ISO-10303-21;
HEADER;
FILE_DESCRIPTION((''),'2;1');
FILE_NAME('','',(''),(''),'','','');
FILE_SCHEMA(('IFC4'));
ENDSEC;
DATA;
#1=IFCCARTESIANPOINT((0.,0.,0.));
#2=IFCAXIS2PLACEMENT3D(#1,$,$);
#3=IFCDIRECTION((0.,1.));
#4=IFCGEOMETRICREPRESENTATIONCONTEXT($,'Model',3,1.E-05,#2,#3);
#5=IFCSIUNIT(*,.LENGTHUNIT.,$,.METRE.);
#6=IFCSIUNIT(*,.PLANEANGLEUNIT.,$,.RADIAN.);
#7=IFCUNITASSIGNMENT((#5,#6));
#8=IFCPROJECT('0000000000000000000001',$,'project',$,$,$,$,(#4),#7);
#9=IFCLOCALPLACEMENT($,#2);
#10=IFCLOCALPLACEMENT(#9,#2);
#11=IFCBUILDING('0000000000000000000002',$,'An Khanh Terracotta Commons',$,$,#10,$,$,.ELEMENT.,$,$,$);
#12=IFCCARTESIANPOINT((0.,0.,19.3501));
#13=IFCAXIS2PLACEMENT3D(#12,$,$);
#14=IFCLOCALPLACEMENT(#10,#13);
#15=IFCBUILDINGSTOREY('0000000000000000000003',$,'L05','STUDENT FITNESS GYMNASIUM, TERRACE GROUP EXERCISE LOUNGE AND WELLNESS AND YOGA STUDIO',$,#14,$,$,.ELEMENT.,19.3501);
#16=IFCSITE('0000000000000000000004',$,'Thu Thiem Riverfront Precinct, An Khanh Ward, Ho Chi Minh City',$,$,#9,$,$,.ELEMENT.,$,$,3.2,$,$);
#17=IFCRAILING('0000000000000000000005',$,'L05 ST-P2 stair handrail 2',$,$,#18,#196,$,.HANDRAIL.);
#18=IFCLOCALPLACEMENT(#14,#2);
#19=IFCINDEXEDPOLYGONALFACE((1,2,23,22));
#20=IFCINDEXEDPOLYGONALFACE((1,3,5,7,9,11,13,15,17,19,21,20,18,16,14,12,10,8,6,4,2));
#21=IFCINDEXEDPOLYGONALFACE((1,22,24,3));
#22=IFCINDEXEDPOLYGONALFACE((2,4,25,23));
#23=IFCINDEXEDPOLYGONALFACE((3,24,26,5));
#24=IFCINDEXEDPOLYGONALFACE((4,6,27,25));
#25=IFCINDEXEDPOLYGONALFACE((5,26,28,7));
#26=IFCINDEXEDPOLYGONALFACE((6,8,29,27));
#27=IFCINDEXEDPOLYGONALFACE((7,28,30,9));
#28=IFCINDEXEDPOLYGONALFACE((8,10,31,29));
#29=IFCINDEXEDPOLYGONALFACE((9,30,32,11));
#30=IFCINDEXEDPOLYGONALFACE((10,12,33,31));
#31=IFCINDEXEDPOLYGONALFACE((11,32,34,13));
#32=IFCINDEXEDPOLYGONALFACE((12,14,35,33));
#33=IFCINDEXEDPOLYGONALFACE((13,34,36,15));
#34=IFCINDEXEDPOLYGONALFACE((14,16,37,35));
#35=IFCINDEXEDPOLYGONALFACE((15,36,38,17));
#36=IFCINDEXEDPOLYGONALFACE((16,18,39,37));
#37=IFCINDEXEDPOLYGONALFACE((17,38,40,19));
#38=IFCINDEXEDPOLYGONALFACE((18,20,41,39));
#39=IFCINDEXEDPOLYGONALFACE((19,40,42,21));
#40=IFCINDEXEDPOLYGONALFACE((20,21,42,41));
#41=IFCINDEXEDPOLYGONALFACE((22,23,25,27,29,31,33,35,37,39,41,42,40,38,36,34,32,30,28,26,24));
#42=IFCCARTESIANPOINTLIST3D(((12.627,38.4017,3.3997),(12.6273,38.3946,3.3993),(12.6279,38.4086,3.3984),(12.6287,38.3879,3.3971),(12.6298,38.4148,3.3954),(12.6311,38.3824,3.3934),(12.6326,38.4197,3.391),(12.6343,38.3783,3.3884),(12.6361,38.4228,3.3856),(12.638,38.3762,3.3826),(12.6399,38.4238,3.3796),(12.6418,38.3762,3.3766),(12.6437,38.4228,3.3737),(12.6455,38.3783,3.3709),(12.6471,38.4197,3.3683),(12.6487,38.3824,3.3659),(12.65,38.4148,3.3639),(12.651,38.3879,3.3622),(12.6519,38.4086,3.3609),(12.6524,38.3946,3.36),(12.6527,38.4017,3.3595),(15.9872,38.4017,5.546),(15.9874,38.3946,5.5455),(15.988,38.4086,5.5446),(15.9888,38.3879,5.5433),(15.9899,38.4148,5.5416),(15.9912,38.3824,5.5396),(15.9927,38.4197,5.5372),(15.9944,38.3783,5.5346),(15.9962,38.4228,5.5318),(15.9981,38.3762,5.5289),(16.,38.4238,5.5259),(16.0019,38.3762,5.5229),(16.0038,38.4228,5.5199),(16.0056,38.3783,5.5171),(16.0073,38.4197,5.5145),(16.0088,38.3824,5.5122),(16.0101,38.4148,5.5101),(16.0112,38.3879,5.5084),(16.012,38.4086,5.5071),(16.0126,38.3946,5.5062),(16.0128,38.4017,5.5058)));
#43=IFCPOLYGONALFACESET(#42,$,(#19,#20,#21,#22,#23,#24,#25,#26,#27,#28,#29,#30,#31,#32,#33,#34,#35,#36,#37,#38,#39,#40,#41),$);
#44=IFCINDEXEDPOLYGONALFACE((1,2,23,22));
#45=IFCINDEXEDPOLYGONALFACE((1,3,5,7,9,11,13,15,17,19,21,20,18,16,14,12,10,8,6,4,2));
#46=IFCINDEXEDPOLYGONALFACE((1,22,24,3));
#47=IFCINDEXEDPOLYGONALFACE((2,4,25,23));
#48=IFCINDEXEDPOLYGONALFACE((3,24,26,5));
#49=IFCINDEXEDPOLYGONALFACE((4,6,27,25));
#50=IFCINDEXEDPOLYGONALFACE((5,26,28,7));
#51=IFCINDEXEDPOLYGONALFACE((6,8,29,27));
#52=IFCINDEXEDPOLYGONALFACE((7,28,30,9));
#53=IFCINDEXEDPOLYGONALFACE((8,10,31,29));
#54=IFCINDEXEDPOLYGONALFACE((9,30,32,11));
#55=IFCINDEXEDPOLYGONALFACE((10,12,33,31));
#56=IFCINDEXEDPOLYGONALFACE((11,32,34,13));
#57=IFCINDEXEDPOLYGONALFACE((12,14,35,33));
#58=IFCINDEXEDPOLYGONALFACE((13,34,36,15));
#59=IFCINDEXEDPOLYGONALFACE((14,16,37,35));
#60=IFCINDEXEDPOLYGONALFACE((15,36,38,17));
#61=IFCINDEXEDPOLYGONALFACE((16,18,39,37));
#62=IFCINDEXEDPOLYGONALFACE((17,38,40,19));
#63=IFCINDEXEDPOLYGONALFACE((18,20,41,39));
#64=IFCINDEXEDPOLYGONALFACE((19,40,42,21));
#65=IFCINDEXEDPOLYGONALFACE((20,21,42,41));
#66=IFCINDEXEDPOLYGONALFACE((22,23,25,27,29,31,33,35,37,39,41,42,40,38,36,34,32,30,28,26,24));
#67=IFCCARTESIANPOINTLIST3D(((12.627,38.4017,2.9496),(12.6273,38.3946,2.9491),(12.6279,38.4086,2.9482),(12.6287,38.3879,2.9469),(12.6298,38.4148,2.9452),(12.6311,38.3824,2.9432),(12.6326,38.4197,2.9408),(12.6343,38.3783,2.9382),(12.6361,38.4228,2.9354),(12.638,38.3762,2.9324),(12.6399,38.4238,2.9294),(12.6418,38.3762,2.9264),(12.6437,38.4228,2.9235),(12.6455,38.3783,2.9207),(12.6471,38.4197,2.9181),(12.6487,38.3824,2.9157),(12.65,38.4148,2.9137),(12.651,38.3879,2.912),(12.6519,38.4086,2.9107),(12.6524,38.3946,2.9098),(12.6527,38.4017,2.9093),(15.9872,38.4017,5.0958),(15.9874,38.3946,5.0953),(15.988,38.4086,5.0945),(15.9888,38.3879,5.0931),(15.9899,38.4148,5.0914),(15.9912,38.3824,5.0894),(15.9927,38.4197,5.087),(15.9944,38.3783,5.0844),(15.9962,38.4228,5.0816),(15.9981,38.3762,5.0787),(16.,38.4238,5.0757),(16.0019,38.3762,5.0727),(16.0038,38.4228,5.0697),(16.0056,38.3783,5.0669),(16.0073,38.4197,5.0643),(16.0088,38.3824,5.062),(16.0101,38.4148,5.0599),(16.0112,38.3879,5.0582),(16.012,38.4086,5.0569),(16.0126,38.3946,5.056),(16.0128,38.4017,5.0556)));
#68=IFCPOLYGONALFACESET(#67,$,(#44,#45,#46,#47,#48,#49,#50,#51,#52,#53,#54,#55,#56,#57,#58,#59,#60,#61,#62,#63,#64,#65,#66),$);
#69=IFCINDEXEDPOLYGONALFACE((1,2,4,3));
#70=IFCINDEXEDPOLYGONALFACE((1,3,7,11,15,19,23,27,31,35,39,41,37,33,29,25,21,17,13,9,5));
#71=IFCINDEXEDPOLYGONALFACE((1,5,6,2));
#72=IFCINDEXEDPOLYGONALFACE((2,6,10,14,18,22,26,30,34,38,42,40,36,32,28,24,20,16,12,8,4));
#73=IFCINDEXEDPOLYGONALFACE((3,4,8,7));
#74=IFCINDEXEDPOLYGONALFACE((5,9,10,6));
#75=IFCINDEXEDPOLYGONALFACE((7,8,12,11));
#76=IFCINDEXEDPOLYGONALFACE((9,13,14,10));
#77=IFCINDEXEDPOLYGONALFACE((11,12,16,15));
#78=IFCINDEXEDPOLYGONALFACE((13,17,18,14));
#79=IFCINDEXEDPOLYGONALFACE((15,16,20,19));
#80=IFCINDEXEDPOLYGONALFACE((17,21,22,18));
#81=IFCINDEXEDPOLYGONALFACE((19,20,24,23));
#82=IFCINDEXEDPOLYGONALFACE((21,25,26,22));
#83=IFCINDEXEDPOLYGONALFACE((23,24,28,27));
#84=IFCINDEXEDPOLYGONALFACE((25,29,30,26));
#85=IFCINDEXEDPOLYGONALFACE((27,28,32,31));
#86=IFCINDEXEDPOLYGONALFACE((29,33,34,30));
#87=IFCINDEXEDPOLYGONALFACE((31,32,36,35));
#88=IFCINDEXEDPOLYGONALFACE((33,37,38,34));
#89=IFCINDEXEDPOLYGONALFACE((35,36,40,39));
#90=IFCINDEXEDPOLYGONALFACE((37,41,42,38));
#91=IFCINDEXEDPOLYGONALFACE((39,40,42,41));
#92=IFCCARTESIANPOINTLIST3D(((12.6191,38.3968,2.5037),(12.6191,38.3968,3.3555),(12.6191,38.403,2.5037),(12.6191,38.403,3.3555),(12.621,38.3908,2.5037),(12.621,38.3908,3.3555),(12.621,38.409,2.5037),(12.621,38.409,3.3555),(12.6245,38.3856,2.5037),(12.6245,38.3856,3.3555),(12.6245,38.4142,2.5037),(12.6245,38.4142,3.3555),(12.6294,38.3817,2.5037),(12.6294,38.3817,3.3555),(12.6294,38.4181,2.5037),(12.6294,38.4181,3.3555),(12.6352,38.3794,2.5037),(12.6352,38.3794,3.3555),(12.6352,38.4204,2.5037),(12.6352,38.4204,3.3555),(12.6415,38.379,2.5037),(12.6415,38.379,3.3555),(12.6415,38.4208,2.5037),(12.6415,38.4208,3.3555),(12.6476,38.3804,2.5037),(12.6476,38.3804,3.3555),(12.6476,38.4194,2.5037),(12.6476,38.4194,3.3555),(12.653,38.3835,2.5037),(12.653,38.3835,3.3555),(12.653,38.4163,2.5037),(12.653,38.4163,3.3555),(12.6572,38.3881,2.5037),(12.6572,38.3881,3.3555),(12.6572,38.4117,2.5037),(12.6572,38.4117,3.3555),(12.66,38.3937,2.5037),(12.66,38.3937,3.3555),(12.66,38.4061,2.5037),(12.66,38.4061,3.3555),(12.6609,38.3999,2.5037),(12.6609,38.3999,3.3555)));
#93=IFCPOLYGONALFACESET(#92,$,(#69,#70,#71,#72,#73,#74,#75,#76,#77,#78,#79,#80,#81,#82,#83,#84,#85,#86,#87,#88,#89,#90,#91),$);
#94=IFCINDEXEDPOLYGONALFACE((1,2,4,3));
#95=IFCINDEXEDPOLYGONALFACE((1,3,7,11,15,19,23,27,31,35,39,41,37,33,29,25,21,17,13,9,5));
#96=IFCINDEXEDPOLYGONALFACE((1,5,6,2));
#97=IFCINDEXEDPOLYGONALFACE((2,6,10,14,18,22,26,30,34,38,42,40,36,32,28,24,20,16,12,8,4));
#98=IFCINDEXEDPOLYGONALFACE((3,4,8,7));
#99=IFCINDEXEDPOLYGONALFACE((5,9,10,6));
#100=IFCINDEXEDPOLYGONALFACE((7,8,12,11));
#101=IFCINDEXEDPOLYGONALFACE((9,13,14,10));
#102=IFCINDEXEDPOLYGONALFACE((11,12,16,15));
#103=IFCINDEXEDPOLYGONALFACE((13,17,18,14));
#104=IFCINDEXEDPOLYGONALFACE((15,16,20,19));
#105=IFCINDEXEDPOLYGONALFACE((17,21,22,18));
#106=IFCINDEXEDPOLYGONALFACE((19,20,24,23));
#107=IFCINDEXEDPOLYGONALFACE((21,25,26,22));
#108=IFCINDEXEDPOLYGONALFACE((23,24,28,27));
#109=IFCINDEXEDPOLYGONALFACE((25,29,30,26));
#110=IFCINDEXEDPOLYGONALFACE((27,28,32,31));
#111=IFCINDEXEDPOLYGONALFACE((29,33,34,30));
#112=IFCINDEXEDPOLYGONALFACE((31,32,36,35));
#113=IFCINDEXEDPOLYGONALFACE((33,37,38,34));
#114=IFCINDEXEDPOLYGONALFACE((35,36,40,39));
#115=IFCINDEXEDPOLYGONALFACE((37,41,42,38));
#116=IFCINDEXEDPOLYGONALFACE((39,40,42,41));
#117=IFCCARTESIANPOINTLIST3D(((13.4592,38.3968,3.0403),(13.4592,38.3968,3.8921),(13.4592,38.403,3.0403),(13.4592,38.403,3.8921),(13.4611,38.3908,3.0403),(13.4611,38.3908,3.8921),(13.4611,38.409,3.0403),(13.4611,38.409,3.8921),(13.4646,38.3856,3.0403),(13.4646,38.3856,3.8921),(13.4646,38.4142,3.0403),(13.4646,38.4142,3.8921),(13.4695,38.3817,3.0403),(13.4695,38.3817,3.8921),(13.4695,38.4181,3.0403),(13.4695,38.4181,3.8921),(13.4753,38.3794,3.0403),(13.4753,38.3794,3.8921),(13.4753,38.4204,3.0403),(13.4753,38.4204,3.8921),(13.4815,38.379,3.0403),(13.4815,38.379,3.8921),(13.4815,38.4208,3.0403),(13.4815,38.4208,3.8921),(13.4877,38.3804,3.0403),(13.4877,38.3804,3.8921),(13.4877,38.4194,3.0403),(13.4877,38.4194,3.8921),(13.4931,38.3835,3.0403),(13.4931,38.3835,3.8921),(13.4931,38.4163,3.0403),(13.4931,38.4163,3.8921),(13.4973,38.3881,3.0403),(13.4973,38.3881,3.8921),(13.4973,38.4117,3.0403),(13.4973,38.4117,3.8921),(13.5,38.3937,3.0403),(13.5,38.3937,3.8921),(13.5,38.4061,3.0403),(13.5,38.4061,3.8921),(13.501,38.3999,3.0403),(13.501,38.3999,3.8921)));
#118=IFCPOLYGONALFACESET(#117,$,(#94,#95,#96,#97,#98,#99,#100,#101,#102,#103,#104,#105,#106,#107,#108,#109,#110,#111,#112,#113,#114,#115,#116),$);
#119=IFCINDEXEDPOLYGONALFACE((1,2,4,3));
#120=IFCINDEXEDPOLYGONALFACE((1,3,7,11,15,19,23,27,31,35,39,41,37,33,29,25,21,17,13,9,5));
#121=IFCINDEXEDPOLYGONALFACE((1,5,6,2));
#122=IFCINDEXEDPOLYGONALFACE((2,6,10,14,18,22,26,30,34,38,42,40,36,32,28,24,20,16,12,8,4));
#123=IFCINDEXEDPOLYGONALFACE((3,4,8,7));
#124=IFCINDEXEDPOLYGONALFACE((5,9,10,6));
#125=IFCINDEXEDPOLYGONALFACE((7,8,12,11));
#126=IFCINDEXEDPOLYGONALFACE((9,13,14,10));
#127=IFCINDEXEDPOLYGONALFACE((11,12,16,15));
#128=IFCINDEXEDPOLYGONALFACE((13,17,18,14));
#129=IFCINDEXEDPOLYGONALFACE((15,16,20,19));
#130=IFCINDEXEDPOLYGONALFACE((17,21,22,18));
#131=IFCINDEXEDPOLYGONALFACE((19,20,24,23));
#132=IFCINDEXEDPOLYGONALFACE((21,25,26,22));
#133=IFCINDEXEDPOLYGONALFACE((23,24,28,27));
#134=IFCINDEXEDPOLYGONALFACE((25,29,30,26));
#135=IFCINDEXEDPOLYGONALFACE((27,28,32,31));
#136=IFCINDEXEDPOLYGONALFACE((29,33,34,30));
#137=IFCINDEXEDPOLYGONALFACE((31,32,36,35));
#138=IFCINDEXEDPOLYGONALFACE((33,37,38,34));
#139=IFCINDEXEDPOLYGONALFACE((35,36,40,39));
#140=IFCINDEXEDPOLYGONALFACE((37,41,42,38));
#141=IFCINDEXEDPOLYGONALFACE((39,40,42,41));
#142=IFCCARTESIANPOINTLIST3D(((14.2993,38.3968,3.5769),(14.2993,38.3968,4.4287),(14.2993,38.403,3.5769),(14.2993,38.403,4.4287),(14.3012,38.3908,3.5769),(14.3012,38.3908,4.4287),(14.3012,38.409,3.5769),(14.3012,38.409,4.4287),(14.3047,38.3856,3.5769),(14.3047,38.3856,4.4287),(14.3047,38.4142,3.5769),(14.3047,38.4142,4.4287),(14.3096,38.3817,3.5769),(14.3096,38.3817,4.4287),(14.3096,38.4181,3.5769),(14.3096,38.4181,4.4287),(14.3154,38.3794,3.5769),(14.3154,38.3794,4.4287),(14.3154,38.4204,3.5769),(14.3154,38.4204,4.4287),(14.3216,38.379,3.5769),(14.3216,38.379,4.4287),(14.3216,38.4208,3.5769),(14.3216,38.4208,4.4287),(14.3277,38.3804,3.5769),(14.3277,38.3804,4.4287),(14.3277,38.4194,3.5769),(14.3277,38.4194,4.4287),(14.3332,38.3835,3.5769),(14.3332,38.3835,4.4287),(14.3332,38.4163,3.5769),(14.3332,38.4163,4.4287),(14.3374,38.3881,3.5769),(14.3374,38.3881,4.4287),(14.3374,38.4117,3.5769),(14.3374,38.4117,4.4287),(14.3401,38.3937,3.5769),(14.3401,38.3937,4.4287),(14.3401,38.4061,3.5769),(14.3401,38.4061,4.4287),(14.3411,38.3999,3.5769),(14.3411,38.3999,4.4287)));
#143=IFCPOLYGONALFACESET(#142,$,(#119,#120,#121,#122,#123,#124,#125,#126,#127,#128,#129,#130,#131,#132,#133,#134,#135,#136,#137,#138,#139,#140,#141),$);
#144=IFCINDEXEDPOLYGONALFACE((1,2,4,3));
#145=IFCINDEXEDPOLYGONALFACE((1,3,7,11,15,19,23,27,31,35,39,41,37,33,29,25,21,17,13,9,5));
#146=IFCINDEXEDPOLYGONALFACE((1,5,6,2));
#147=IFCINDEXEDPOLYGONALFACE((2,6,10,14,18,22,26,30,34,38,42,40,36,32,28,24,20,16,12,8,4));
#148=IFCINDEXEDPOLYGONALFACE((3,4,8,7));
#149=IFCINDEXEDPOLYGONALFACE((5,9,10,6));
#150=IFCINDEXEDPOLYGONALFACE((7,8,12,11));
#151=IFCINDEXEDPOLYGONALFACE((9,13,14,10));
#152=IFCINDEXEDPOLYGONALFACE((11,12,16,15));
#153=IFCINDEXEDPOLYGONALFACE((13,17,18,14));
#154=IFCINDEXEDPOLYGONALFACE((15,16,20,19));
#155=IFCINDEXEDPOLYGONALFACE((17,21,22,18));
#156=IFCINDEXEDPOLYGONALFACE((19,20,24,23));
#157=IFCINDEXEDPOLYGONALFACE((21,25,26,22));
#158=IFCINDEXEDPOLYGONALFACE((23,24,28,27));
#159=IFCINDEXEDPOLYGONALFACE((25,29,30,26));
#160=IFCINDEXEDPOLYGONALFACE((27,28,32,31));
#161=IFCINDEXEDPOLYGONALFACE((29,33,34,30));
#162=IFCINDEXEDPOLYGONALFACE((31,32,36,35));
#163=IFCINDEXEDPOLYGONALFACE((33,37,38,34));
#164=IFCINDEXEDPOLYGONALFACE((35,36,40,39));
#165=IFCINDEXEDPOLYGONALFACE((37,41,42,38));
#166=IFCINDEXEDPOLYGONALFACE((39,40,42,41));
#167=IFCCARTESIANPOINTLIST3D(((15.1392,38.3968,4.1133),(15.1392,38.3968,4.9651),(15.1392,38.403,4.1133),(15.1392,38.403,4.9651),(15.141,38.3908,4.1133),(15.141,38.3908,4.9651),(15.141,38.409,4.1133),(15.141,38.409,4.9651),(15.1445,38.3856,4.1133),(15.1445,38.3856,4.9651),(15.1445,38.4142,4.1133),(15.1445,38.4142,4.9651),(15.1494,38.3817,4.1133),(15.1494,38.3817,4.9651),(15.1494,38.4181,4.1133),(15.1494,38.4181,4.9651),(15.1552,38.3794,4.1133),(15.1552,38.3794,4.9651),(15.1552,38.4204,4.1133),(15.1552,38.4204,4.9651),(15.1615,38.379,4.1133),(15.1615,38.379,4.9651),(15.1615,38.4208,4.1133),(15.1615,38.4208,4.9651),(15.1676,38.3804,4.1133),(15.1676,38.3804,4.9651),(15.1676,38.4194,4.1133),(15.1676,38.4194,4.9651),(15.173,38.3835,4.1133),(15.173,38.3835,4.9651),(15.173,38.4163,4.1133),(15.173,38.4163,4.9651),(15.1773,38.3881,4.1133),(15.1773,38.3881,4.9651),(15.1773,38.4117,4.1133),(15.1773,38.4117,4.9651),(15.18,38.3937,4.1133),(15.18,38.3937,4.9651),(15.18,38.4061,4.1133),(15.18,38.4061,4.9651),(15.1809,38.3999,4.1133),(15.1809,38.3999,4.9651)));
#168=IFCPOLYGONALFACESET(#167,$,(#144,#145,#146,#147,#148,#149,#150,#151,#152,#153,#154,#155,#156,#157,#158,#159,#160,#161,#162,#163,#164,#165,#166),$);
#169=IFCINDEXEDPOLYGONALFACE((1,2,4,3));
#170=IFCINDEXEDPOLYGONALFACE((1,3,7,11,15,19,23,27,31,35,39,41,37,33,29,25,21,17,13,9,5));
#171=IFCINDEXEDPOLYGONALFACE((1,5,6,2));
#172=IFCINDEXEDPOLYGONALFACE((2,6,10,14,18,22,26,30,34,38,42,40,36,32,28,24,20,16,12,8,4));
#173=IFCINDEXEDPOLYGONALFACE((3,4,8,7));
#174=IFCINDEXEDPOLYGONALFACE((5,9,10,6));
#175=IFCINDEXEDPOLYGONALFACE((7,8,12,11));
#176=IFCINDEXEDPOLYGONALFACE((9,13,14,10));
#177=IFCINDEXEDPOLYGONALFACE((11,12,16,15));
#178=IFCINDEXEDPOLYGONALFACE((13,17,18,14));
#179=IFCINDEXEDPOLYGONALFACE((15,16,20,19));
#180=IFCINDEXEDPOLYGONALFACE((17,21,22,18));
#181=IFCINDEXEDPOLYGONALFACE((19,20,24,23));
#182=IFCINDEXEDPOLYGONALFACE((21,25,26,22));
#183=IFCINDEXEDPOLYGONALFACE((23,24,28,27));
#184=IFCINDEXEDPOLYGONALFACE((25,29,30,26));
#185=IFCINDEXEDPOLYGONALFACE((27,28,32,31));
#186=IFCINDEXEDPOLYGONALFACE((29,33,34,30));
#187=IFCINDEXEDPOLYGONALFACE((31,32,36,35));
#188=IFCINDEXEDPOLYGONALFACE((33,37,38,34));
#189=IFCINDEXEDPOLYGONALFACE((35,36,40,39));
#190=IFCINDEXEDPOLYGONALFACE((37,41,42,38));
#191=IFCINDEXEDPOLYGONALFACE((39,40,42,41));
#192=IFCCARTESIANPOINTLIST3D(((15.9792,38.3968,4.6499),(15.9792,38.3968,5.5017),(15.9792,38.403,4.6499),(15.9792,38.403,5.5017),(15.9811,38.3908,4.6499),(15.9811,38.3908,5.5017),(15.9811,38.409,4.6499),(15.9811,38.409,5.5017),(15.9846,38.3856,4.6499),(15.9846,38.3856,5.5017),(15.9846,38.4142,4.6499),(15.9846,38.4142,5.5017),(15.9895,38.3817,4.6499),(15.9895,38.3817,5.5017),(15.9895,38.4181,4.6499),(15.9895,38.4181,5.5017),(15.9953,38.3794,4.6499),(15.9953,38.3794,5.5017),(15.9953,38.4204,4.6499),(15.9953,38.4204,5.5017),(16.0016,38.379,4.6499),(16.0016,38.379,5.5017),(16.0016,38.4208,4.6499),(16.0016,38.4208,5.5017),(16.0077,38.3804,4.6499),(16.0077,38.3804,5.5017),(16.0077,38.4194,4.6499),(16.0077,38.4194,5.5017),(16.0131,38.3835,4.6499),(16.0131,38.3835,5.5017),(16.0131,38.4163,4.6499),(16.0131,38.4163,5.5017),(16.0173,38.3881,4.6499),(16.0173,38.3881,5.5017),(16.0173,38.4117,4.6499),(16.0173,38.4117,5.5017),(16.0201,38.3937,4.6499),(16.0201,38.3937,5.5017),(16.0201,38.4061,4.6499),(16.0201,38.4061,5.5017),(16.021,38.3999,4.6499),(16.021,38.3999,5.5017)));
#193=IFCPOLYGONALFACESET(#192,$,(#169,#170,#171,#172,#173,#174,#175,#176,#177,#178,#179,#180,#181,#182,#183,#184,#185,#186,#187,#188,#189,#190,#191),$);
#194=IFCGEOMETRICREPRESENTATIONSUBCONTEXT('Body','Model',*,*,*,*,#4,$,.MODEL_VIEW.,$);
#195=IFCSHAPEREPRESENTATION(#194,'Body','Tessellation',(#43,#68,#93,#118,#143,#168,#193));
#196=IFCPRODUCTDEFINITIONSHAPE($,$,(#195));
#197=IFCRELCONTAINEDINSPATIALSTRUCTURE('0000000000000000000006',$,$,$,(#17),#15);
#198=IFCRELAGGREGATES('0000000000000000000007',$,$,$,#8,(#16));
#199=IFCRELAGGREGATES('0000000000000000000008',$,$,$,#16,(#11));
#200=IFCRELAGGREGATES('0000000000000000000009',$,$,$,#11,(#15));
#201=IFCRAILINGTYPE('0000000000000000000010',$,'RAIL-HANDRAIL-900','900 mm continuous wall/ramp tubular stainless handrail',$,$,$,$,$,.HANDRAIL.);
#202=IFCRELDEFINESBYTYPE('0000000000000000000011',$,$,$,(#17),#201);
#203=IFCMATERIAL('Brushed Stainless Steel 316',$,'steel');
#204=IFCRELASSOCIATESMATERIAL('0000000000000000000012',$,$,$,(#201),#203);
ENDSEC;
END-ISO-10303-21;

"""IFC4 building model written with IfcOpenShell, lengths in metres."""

from ifc_helpers import new_model, si_unit, direction, frame, origin, origin_2d, place, context, subcontext, project, spatial, circle, extrude, material, type_object, element, save


model = new_model("IFC4")

# Units and contexts
model_context = context("Model", 3, precision=1e-05, world=origin(), true_north=direction((0.0, 1.0)))
body_context = subcontext(model_context, "Body", "Model", "MODEL_VIEW")
ifc_project = project(units=[si_unit("LENGTHUNIT", "METRE"), si_unit("PLANEANGLEUNIT", "RADIAN")], contexts=[model_context])

# Site, building, storey
site_placement = place(None, origin())
site = spatial("IfcSite", under=ifc_project, at=site_placement, Name="Thu Thiem Riverfront Precinct, An Khanh Ward, Ho Chi Minh City", CompositionType="ELEMENT", RefElevation=3.2)
building_placement = place(site_placement, origin())
building = spatial("IfcBuilding", under=site, at=building_placement, Name="An Khanh Terracotta Commons", CompositionType="ELEMENT")
storey_placement = place(building_placement, frame((0.0, 0.0, 19.3501)))
storey = spatial("IfcBuildingStorey", under=building, at=storey_placement, Name="L05", Description="STUDENT FITNESS GYMNASIUM, TERRACE GROUP EXERCISE LOUNGE AND WELLNESS AND YOGA STUDIO", CompositionType="ELEMENT", Elevation=19.3501)

# Railing
ifc_material_1 = material(Name="Brushed Stainless Steel 316", Category="steel")
railing_type_1 = type_object("IfcRailingType", Name="RAIL-HANDRAIL-900", Description="900 mm continuous wall/ramp tubular stainless handrail", PredefinedType="HANDRAIL", material=ifc_material_1)
railing_1_placement = place(storey_placement, frame((12.6399, 38.3999, 2.5037)))
element("IfcRailing", 1, at=railing_1_placement, inside=storey, type_object=railing_type_1, Name="L05 ST-P2 stair handrail 2", PredefinedType="HANDRAIL", context=body_context, shape_type="SweptSolid", body=[
    extrude(circle(Radius=0.0239, at=origin_2d()), frame((0.0, 0.0, 0.876), z_axis=(0.842753, 0.0, 0.538301), x_axis=(0.0, 1.0, 0.0)), (0.0, 0.0, 1.0), 3.9871),
    extrude(circle(Radius=0.0239, at=origin_2d()), frame((0.0, 0.0, 0.4258), z_axis=(0.842753, 0.0, 0.538301), x_axis=(0.0, 1.0, 0.0)), (0.0, 0.0, 1.0), 3.9871),
    extrude(circle(Radius=0.021, at=origin_2d()), origin(), (0.0, 0.0, 1.0), 0.8518),
    extrude(circle(Radius=0.021, at=origin_2d()), frame((0.8401, 0.0, 0.5366)), (0.0, 0.0, 1.0), 0.8518),
    extrude(circle(Radius=0.021, at=origin_2d()), frame((1.6802, 0.0, 1.0732)), (0.0, 0.0, 1.0), 0.8518),
    extrude(circle(Radius=0.021, at=origin_2d()), frame((2.52, 0.0, 1.6096)), (0.0, 0.0, 1.0), 0.8518),
    extrude(circle(Radius=0.021, at=origin_2d()), frame((3.3601, 0.0, 2.1462)), (0.0, 0.0, 1.0), 0.8518),
])

save(model, "model.ifc")
